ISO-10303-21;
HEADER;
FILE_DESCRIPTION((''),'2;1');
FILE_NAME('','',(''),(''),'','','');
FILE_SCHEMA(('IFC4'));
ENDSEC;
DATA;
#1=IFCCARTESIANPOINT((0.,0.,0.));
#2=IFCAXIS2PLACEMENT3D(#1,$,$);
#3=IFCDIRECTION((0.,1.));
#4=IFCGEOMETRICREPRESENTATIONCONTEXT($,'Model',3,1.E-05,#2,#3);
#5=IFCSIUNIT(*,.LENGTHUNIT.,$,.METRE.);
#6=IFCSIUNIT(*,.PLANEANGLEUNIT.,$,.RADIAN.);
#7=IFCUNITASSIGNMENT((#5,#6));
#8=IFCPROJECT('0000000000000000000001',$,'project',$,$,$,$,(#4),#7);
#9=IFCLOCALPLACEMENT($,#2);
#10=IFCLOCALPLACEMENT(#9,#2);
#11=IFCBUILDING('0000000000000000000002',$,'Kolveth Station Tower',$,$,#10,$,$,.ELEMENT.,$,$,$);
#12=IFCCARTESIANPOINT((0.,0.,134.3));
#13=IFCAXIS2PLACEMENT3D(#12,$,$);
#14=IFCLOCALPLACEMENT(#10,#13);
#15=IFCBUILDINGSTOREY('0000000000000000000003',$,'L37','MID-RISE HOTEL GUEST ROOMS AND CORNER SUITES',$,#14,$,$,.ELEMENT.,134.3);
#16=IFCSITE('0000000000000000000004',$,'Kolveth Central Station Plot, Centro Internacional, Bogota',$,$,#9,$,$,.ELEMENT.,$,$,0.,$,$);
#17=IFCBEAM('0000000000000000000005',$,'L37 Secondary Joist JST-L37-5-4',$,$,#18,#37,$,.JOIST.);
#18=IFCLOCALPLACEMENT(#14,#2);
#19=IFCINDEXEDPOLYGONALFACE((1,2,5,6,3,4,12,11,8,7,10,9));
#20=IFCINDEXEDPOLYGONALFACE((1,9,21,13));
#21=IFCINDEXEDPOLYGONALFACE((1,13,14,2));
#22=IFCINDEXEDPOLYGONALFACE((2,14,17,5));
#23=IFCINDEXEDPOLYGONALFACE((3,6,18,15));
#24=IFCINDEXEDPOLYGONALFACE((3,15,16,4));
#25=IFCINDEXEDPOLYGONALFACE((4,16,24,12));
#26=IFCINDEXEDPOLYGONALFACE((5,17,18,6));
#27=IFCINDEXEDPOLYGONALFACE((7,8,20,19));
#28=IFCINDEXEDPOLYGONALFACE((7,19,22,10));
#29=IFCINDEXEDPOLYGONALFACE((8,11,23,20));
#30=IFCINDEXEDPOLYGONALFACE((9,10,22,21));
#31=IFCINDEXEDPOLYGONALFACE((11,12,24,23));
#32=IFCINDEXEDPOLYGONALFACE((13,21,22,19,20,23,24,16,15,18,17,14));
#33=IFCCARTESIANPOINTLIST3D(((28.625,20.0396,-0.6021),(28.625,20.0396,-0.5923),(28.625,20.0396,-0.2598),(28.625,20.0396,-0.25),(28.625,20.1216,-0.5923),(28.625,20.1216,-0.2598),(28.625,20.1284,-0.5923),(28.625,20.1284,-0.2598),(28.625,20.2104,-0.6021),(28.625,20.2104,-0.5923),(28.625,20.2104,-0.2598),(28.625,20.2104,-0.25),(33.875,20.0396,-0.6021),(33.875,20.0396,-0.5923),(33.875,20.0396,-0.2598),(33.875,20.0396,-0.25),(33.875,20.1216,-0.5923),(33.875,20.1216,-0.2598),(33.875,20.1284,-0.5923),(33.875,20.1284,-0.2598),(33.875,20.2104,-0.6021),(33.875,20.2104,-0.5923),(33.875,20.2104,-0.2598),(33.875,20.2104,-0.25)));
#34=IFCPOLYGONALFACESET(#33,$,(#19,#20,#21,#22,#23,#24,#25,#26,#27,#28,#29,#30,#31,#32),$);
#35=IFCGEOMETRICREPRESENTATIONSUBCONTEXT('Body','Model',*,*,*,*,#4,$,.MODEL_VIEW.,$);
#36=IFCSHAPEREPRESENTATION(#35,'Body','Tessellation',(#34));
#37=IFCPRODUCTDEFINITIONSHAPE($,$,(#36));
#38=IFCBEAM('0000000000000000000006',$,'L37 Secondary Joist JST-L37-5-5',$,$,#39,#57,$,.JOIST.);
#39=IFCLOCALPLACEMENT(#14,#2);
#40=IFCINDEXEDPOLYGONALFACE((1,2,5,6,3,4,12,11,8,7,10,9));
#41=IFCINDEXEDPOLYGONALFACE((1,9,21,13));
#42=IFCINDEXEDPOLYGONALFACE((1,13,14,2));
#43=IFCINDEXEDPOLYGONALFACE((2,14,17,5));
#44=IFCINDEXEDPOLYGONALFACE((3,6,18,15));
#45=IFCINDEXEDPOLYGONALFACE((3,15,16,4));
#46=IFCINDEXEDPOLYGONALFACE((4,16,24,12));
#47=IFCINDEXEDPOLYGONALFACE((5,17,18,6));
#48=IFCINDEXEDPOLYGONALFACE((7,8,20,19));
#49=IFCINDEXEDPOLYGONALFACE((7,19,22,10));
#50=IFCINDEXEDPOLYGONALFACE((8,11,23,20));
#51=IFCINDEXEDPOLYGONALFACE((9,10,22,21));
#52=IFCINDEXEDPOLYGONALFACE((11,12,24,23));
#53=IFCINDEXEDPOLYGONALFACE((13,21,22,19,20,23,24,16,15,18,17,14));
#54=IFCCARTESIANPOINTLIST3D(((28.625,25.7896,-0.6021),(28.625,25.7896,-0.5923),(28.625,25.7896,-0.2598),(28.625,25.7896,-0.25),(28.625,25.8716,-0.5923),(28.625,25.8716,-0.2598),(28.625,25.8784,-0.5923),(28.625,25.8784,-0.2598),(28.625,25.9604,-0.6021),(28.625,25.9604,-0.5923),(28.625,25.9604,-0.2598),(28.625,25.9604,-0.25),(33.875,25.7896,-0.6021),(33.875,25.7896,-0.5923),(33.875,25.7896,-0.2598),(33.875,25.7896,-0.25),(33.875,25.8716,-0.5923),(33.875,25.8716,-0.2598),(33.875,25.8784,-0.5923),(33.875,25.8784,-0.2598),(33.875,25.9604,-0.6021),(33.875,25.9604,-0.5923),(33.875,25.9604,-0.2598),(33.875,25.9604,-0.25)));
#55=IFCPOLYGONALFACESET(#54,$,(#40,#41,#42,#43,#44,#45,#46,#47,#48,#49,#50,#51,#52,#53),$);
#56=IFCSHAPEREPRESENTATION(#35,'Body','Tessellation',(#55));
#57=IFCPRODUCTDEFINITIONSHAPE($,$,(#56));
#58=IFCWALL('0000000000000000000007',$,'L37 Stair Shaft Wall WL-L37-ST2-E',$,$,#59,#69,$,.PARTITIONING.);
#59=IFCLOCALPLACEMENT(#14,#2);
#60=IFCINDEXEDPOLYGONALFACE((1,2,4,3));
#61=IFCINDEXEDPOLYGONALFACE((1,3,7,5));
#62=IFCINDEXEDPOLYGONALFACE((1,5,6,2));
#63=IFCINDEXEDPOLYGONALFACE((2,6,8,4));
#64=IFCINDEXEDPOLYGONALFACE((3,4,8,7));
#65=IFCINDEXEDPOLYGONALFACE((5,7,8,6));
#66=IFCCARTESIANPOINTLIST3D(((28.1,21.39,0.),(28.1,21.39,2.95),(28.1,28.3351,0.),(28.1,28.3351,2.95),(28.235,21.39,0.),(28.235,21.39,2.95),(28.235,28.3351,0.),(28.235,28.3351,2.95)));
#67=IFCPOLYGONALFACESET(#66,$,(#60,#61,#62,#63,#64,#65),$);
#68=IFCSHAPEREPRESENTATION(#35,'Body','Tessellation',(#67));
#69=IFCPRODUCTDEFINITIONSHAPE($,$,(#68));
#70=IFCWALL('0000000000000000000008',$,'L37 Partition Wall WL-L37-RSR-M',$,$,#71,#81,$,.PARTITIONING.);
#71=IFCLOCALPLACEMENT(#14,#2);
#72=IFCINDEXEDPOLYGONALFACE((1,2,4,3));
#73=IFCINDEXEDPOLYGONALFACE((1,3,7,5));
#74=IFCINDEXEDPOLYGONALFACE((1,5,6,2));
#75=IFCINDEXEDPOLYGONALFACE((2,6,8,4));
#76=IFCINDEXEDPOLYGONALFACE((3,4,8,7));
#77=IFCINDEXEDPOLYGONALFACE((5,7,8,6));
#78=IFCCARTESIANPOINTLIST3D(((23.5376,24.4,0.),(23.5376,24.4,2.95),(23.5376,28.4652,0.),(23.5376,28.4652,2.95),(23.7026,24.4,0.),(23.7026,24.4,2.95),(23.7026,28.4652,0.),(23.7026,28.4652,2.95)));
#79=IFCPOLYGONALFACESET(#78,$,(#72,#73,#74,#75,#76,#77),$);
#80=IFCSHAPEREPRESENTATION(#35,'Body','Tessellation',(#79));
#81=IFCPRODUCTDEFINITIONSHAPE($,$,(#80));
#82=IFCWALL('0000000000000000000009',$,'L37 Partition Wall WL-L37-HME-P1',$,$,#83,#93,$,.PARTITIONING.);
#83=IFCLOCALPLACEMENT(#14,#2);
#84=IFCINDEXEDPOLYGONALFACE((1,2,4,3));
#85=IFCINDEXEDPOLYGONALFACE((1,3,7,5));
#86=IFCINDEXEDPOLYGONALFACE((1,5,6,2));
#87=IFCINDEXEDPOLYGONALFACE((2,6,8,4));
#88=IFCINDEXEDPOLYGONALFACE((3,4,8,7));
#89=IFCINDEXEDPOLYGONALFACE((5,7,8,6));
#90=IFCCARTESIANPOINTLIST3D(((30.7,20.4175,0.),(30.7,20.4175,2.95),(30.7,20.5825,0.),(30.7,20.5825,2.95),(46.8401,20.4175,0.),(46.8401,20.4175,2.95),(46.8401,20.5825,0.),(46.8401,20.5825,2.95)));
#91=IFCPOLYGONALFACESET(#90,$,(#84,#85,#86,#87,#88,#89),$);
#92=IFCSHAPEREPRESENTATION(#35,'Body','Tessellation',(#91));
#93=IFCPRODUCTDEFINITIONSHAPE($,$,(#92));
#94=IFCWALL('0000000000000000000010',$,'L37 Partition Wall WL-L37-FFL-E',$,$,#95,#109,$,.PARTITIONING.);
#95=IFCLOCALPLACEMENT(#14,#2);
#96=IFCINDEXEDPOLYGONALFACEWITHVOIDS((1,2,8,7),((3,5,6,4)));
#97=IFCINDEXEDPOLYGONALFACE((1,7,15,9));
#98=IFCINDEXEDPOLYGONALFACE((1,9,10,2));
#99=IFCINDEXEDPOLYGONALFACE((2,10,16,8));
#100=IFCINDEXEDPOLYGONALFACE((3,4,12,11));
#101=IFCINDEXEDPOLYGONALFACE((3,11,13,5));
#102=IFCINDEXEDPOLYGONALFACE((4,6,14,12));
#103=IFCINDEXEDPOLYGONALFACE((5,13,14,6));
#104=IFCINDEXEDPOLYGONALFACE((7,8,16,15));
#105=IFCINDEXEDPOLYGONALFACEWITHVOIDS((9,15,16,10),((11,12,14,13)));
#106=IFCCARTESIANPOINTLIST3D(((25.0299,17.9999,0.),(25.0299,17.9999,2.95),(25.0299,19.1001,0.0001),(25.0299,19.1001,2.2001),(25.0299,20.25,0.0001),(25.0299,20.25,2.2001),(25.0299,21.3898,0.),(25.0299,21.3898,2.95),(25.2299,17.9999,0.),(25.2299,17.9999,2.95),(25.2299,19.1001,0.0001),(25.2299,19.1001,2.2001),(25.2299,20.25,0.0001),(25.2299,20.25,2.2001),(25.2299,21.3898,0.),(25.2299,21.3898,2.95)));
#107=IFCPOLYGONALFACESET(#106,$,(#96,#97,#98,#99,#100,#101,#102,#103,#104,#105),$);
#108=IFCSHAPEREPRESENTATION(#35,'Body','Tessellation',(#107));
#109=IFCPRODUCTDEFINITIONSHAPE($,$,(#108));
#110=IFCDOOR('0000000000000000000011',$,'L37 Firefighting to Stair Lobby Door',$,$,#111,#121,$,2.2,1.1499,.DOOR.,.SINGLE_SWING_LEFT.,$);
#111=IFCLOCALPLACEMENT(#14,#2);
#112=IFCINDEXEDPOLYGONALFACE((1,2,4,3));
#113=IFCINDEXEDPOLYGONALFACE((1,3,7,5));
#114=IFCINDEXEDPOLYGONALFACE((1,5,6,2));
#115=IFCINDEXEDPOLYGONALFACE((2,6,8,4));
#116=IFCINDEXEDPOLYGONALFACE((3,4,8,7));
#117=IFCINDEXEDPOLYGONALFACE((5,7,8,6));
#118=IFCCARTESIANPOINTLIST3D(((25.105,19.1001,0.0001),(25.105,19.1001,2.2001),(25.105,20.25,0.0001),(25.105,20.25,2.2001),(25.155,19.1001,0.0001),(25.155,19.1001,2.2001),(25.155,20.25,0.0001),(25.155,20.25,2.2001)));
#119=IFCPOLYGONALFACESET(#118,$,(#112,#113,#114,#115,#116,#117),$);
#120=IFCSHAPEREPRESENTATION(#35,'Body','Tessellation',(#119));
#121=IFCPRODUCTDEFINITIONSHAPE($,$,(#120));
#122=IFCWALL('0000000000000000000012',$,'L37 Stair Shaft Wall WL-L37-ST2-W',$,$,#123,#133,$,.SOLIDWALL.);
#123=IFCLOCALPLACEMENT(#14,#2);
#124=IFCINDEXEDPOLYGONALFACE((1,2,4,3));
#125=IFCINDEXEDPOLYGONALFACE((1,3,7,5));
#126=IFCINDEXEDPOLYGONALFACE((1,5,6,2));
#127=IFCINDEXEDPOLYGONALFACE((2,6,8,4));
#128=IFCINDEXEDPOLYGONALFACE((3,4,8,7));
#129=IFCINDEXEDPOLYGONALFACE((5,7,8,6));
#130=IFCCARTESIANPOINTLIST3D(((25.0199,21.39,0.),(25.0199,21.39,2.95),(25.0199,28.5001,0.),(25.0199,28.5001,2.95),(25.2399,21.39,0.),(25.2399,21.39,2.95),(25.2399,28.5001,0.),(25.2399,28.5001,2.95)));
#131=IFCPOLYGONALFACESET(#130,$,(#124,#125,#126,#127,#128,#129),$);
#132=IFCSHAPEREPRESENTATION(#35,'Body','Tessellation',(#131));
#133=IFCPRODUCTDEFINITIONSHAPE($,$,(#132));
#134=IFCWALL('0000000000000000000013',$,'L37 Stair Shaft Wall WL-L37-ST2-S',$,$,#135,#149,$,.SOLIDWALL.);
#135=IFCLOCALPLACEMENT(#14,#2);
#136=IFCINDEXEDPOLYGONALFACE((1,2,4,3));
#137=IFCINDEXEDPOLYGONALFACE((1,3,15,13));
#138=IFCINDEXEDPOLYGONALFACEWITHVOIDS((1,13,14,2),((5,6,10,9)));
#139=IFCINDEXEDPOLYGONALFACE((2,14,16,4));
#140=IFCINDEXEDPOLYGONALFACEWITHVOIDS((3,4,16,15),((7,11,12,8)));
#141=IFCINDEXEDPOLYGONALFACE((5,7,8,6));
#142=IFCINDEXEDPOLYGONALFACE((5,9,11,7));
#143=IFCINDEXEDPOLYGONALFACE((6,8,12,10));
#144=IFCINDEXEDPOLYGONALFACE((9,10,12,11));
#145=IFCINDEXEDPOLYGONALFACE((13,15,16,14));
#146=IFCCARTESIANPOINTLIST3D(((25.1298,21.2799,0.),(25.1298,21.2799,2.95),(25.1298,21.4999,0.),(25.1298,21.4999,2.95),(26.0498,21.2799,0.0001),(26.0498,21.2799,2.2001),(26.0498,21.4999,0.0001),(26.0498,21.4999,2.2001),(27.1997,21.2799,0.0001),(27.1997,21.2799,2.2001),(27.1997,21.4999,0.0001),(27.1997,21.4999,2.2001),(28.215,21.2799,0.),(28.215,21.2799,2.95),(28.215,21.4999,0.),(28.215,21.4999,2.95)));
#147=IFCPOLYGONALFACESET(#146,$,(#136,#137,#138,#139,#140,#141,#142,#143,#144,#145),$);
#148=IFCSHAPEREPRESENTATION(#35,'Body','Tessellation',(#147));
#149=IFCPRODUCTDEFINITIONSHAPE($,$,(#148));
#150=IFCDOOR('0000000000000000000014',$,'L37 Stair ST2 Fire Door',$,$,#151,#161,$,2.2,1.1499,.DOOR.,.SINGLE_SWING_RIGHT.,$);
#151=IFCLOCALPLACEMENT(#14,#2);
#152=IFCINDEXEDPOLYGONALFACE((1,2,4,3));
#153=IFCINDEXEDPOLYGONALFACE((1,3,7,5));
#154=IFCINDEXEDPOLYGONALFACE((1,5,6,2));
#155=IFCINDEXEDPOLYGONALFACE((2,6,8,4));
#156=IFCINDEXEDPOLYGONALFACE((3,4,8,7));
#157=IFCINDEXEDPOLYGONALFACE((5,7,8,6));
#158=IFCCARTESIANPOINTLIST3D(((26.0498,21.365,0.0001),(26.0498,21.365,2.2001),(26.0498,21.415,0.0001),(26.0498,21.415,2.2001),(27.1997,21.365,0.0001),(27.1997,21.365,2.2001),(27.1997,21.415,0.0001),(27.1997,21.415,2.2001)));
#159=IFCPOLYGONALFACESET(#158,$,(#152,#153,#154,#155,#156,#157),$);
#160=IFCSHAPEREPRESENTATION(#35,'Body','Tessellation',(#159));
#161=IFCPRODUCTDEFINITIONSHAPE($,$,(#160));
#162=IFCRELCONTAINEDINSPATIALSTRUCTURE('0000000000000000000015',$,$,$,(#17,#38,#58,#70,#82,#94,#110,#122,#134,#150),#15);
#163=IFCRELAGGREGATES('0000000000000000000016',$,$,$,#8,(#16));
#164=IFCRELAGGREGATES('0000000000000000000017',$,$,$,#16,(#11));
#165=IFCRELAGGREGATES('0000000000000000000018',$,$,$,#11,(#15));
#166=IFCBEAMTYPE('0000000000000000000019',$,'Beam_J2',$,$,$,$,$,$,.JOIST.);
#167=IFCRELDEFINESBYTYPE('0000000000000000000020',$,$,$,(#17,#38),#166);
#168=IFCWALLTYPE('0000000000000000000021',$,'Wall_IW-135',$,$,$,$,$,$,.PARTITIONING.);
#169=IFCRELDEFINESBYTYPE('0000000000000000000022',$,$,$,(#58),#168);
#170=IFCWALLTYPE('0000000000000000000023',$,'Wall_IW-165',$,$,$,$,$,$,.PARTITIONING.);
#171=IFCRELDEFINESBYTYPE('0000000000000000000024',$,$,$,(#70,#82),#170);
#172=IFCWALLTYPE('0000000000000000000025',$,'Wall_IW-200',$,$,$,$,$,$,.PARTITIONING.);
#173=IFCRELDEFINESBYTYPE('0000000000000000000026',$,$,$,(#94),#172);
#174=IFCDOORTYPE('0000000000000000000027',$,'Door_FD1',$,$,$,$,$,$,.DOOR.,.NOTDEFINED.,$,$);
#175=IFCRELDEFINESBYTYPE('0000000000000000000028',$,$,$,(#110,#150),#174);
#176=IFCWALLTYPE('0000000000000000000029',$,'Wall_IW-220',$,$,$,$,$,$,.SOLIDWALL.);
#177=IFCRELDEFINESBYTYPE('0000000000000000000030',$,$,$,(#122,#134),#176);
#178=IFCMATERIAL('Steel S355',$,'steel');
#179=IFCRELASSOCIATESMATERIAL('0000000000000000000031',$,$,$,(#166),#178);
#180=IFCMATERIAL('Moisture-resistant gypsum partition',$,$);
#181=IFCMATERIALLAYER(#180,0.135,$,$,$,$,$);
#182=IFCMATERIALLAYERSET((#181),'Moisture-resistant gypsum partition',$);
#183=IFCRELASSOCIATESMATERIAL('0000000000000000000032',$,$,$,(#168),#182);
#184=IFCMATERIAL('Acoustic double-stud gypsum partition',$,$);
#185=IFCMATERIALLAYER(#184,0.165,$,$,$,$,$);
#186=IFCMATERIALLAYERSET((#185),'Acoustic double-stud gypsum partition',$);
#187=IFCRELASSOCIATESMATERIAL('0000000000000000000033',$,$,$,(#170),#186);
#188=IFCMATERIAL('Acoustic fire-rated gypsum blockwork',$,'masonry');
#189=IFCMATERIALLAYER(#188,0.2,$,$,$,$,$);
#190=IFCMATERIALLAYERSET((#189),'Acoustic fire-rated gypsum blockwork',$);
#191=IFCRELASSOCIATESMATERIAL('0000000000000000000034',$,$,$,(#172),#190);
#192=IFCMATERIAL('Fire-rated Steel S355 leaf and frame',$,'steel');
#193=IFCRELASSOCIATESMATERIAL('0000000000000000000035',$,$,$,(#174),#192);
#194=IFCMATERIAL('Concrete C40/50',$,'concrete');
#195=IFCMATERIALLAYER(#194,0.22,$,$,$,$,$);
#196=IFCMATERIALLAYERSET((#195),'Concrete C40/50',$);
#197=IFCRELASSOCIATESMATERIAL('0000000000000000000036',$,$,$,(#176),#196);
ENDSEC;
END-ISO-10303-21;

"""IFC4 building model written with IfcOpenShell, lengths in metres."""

from ifc_helpers import new_model, si_unit, direction, frame, frame_2d, origin, origin_2d, place, context, subcontext, project, spatial, rectangle, i_section, extrude, source, transform, mapped, material, layer, layer_set, material_profile, profile_set, type_object, element, fill, save


model = new_model("IFC4")

# Units and contexts
model_context = context("Model", 3, precision=1e-05, world=origin(), true_north=direction((0.0, 1.0)))
body_context = subcontext(model_context, "Body", "Model", "MODEL_VIEW")
ifc_project = project(units=[si_unit("LENGTHUNIT", "METRE"), si_unit("PLANEANGLEUNIT", "RADIAN")], contexts=[model_context])

# Site, building, storey
site_placement = place(None, origin())
site = spatial("IfcSite", under=ifc_project, at=site_placement, Name="Kolveth Central Station Plot, Centro Internacional, Bogota", CompositionType="ELEMENT", RefElevation=0.0)
building_placement = place(site_placement, origin())
building = spatial("IfcBuilding", under=site, at=building_placement, Name="Kolveth Station Tower", CompositionType="ELEMENT")
storey_placement = place(building_placement, frame((0.0, 0.0, 134.3)))
storey = spatial("IfcBuildingStorey", under=building, at=storey_placement, Name="L37", Description="MID-RISE HOTEL GUEST ROOMS AND CORNER SUITES", CompositionType="ELEMENT", Elevation=134.3)

# Shared definitions
ifc_material_1 = material(Name="Steel S355", Category="steel")

# Beams
ifc_material_profile_1 = material_profile(ifc_material_1, i_section(OverallWidth=0.1709, OverallDepth=0.3521, WebThickness=0.0068, FlangeThickness=0.0098, at=origin_2d()), Name="W360x44")
ifc_profile_set_1 = profile_set([ifc_material_profile_1], Name="Steel S355")
beam_type_1 = type_object("IfcBeamType", Name="Beam_J2", PredefinedType="JOIST", material=ifc_profile_set_1)
shared_shape_1 = source(origin(), body_context, "Body", "SweptSolid", [
    extrude(i_section(OverallWidth=0.1709, OverallDepth=0.3521, WebThickness=0.0068, FlangeThickness=0.0098, at=origin_2d()), origin(), (0.0, 0.0, 1.0), 5.25),
])
for number, where, z_axis, x_axis, name in (
    (1, (28.625, 20.125, -0.426), (1.0, 0.0, 0.0), (0.0, 1.0, 0.0), "L37 Secondary Joist JST-L37-5-4"),
    (2, (28.625, 25.875, -0.426), (1.0, 0.0, 0.0), (0.0, 1.0, 0.0), "L37 Secondary Joist JST-L37-5-5"),
):
    element("IfcBeam", number, at=place(storey_placement, frame(where, z_axis=z_axis, x_axis=x_axis)), inside=storey, type_object=beam_type_1, Name=name, PredefinedType="JOIST", context=body_context, shape_type="MappedRepresentation", body=[
        mapped(shared_shape_1, transform((0.0, 0.0, 0.0), x_axis=(1.0, 0.0, 0.0), y_axis=(0.0, 1.0, 0.0), z_axis=(0.0, 0.0, 1.0), scale=1.0)),
    ])

# Walls
ifc_material_2 = material(Name="Moisture-resistant gypsum partition")
ifc_layer_1 = layer(ifc_material_2, 0.135)
ifc_layer_set_1 = layer_set([ifc_layer_1], Name="Moisture-resistant gypsum partition")
wall_type_1 = type_object("IfcWallType", Name="Wall_IW-135", PredefinedType="PARTITIONING", material=ifc_layer_set_1)
wall_1_placement = place(storey_placement, frame((28.1675, 21.3899, 0.0), z_axis=(0.0, 0.0, 1.0), x_axis=(0.0, 1.0, 0.0)))
element("IfcWall", 3, at=wall_1_placement, inside=storey, type_object=wall_type_1, Name="L37 Stair Shaft Wall WL-L37-ST2-E", PredefinedType="PARTITIONING", context=body_context, shape_type="SweptSolid", body=[
    extrude(rectangle(XDim=6.9451, YDim=0.135, at=frame_2d((3.4727, 0.0))), origin(), (0.0, 0.0, 1.0), 2.95),
])
ifc_material_3 = material(Name="Acoustic double-stud gypsum partition")
ifc_layer_2 = layer(ifc_material_3, 0.165)
ifc_layer_set_2 = layer_set([ifc_layer_2], Name="Acoustic double-stud gypsum partition")
wall_type_2 = type_object("IfcWallType", Name="Wall_IW-165", PredefinedType="PARTITIONING", material=ifc_layer_set_2)
wall_2_placement = place(storey_placement, frame((23.6201, 24.3999, 0.0), z_axis=(0.0, 0.0, 1.0), x_axis=(0.0, 1.0, 0.0)))
element("IfcWall", 4, at=wall_2_placement, inside=storey, type_object=wall_type_2, Name="L37 Partition Wall WL-L37-RSR-M", PredefinedType="PARTITIONING", context=body_context, shape_type="SweptSolid", body=[
    extrude(rectangle(XDim=4.0652, YDim=0.165, at=frame_2d((2.0327, 0.0))), origin(), (0.0, 0.0, 1.0), 2.95),
])
wall_3_placement = place(storey_placement, frame((30.7, 20.5, 0.0), z_axis=(0.0, 0.0, 1.0), x_axis=(1.0, 0.0, 0.0)))
element("IfcWall", 5, at=wall_3_placement, inside=storey, type_object=wall_type_2, Name="L37 Partition Wall WL-L37-HME-P1", PredefinedType="PARTITIONING", context=body_context, shape_type="SweptSolid", body=[
    extrude(rectangle(XDim=16.1401, YDim=0.165, at=frame_2d((8.0701, 0.0))), origin(), (0.0, 0.0, 1.0), 2.95),
])

# Wall, opening, door
ifc_material_4 = material(Name="Acoustic fire-rated gypsum blockwork", Category="masonry")
ifc_layer_3 = layer(ifc_material_4, 0.2)
ifc_layer_set_3 = layer_set([ifc_layer_3], Name="Acoustic fire-rated gypsum blockwork")
wall_type_3 = type_object("IfcWallType", Name="Wall_IW-200", PredefinedType="PARTITIONING", material=ifc_layer_set_3)
wall_4_placement = place(storey_placement, frame((25.1299, 18.0, 0.0), z_axis=(0.0, 0.0, 1.0), x_axis=(0.0, 1.0, 0.0)))
wall_4 = element("IfcWall", 6, at=wall_4_placement, inside=storey, type_object=wall_type_3, Name="L37 Partition Wall WL-L37-FFL-E", PredefinedType="PARTITIONING", context=body_context, shape_type="SweptSolid", body=[
    extrude(rectangle(XDim=3.3899, YDim=0.2, at=frame_2d((1.6948, 0.0))), origin(), (0.0, 0.0, 1.0), 2.95),
])
opening_1_placement = place(wall_4_placement, frame((1.1001, 0.0, 0.0)))
opening_1 = element("IfcOpeningElement", 7, at=opening_1_placement, cuts=wall_4, PredefinedType="OPENING", context=body_context, shape_type="SweptSolid", body=[
    extrude(rectangle(XDim=1.1499, YDim=2.2, at=frame_2d((0.575, 1.1001))), frame((0.0, 0.1099, 0.0), z_axis=(0.0, -1.0, 0.0), x_axis=(1.0, 0.0, 0.0)), (0.0, 0.0, 1.0), 0.22),
])
ifc_material_5 = material(Name="Fire-rated Steel S355 leaf and frame", Category="steel")
door_type = type_object("IfcDoorType", Name="Door_FD1", OperationType="NOTDEFINED", PredefinedType="DOOR", material=ifc_material_5)
door_1_placement = place(opening_1_placement, origin())
door_1 = element("IfcDoor", 8, at=door_1_placement, inside=storey, type_object=door_type, Name="L37 Firefighting to Stair Lobby Door", OperationType="SINGLE_SWING_LEFT", OverallHeight=2.2, OverallWidth=1.1499, PredefinedType="DOOR", context=body_context, shape_type="SweptSolid", body=[
    extrude(rectangle(XDim=1.1499, YDim=2.2, at=frame_2d((0.575, 1.1001))), frame((0.0, 0.0249, 0.0), z_axis=(0.0, -1.0, 0.0), x_axis=(1.0, 0.0, 0.0)), (0.0, 0.0, 1.0), 0.05),
])
fill(opening_1, door_1)

# Wall
ifc_material_6 = material(Name="Concrete C40/50", Category="concrete")
ifc_layer_4 = layer(ifc_material_6, 0.22)
ifc_layer_set_4 = layer_set([ifc_layer_4], Name="Concrete C40/50")
wall_type_4 = type_object("IfcWallType", Name="Wall_IW-220", PredefinedType="SOLIDWALL", material=ifc_layer_set_4)
wall_5_placement = place(storey_placement, frame((25.1299, 21.3899, 0.0), z_axis=(0.0, 0.0, 1.0), x_axis=(0.0, 1.0, 0.0)))
element("IfcWall", 9, at=wall_5_placement, inside=storey, type_object=wall_type_4, Name="L37 Stair Shaft Wall WL-L37-ST2-W", PredefinedType="SOLIDWALL", context=body_context, shape_type="SweptSolid", body=[
    extrude(rectangle(XDim=7.1101, YDim=0.22, at=frame_2d((3.5552, 0.0))), origin(), (0.0, 0.0, 1.0), 2.95),
])

# Wall, opening, door
wall_6_placement = place(storey_placement, frame((25.1299, 21.3899, 0.0), z_axis=(0.0, 0.0, 1.0), x_axis=(1.0, 0.0, 0.0)))
wall_6 = element("IfcWall", 10, at=wall_6_placement, inside=storey, type_object=wall_type_4, Name="L37 Stair Shaft Wall WL-L37-ST2-S", PredefinedType="SOLIDWALL", context=body_context, shape_type="SweptSolid", body=[
    extrude(rectangle(XDim=3.0852, YDim=0.22, at=frame_2d((1.5425, 0.0))), origin(), (0.0, 0.0, 1.0), 2.95),
])
opening_2_placement = place(wall_6_placement, frame((0.9199, 0.0, 0.0)))
opening_2 = element("IfcOpeningElement", 11, at=opening_2_placement, cuts=wall_6, PredefinedType="OPENING", context=body_context, shape_type="SweptSolid", body=[
    extrude(rectangle(XDim=1.1499, YDim=2.2, at=frame_2d((0.575, 1.1001))), frame((0.0, 0.1199, 0.0), z_axis=(0.0, -1.0, 0.0), x_axis=(1.0, 0.0, 0.0)), (0.0, 0.0, 1.0), 0.24),
])
door_2_placement = place(opening_2_placement, frame((1.1499, 0.0, 0.0), z_axis=(0.0, 0.0, 1.0), x_axis=(-1.0, 0.0, 0.0)))
door_2 = element("IfcDoor", 12, at=door_2_placement, inside=storey, type_object=door_type, Name="L37 Stair ST2 Fire Door", OperationType="SINGLE_SWING_RIGHT", OverallHeight=2.2, OverallWidth=1.1499, PredefinedType="DOOR", context=body_context, shape_type="SweptSolid", body=[
    extrude(rectangle(XDim=1.1499, YDim=2.2, at=frame_2d((0.575, 1.1001))), frame((0.0, 0.0249, 0.0), z_axis=(0.0, -1.0, 0.0), x_axis=(1.0, 0.0, 0.0)), (0.0, 0.0, 1.0), 0.05),
])
fill(opening_2, door_2)

save(model, "model.ifc")
